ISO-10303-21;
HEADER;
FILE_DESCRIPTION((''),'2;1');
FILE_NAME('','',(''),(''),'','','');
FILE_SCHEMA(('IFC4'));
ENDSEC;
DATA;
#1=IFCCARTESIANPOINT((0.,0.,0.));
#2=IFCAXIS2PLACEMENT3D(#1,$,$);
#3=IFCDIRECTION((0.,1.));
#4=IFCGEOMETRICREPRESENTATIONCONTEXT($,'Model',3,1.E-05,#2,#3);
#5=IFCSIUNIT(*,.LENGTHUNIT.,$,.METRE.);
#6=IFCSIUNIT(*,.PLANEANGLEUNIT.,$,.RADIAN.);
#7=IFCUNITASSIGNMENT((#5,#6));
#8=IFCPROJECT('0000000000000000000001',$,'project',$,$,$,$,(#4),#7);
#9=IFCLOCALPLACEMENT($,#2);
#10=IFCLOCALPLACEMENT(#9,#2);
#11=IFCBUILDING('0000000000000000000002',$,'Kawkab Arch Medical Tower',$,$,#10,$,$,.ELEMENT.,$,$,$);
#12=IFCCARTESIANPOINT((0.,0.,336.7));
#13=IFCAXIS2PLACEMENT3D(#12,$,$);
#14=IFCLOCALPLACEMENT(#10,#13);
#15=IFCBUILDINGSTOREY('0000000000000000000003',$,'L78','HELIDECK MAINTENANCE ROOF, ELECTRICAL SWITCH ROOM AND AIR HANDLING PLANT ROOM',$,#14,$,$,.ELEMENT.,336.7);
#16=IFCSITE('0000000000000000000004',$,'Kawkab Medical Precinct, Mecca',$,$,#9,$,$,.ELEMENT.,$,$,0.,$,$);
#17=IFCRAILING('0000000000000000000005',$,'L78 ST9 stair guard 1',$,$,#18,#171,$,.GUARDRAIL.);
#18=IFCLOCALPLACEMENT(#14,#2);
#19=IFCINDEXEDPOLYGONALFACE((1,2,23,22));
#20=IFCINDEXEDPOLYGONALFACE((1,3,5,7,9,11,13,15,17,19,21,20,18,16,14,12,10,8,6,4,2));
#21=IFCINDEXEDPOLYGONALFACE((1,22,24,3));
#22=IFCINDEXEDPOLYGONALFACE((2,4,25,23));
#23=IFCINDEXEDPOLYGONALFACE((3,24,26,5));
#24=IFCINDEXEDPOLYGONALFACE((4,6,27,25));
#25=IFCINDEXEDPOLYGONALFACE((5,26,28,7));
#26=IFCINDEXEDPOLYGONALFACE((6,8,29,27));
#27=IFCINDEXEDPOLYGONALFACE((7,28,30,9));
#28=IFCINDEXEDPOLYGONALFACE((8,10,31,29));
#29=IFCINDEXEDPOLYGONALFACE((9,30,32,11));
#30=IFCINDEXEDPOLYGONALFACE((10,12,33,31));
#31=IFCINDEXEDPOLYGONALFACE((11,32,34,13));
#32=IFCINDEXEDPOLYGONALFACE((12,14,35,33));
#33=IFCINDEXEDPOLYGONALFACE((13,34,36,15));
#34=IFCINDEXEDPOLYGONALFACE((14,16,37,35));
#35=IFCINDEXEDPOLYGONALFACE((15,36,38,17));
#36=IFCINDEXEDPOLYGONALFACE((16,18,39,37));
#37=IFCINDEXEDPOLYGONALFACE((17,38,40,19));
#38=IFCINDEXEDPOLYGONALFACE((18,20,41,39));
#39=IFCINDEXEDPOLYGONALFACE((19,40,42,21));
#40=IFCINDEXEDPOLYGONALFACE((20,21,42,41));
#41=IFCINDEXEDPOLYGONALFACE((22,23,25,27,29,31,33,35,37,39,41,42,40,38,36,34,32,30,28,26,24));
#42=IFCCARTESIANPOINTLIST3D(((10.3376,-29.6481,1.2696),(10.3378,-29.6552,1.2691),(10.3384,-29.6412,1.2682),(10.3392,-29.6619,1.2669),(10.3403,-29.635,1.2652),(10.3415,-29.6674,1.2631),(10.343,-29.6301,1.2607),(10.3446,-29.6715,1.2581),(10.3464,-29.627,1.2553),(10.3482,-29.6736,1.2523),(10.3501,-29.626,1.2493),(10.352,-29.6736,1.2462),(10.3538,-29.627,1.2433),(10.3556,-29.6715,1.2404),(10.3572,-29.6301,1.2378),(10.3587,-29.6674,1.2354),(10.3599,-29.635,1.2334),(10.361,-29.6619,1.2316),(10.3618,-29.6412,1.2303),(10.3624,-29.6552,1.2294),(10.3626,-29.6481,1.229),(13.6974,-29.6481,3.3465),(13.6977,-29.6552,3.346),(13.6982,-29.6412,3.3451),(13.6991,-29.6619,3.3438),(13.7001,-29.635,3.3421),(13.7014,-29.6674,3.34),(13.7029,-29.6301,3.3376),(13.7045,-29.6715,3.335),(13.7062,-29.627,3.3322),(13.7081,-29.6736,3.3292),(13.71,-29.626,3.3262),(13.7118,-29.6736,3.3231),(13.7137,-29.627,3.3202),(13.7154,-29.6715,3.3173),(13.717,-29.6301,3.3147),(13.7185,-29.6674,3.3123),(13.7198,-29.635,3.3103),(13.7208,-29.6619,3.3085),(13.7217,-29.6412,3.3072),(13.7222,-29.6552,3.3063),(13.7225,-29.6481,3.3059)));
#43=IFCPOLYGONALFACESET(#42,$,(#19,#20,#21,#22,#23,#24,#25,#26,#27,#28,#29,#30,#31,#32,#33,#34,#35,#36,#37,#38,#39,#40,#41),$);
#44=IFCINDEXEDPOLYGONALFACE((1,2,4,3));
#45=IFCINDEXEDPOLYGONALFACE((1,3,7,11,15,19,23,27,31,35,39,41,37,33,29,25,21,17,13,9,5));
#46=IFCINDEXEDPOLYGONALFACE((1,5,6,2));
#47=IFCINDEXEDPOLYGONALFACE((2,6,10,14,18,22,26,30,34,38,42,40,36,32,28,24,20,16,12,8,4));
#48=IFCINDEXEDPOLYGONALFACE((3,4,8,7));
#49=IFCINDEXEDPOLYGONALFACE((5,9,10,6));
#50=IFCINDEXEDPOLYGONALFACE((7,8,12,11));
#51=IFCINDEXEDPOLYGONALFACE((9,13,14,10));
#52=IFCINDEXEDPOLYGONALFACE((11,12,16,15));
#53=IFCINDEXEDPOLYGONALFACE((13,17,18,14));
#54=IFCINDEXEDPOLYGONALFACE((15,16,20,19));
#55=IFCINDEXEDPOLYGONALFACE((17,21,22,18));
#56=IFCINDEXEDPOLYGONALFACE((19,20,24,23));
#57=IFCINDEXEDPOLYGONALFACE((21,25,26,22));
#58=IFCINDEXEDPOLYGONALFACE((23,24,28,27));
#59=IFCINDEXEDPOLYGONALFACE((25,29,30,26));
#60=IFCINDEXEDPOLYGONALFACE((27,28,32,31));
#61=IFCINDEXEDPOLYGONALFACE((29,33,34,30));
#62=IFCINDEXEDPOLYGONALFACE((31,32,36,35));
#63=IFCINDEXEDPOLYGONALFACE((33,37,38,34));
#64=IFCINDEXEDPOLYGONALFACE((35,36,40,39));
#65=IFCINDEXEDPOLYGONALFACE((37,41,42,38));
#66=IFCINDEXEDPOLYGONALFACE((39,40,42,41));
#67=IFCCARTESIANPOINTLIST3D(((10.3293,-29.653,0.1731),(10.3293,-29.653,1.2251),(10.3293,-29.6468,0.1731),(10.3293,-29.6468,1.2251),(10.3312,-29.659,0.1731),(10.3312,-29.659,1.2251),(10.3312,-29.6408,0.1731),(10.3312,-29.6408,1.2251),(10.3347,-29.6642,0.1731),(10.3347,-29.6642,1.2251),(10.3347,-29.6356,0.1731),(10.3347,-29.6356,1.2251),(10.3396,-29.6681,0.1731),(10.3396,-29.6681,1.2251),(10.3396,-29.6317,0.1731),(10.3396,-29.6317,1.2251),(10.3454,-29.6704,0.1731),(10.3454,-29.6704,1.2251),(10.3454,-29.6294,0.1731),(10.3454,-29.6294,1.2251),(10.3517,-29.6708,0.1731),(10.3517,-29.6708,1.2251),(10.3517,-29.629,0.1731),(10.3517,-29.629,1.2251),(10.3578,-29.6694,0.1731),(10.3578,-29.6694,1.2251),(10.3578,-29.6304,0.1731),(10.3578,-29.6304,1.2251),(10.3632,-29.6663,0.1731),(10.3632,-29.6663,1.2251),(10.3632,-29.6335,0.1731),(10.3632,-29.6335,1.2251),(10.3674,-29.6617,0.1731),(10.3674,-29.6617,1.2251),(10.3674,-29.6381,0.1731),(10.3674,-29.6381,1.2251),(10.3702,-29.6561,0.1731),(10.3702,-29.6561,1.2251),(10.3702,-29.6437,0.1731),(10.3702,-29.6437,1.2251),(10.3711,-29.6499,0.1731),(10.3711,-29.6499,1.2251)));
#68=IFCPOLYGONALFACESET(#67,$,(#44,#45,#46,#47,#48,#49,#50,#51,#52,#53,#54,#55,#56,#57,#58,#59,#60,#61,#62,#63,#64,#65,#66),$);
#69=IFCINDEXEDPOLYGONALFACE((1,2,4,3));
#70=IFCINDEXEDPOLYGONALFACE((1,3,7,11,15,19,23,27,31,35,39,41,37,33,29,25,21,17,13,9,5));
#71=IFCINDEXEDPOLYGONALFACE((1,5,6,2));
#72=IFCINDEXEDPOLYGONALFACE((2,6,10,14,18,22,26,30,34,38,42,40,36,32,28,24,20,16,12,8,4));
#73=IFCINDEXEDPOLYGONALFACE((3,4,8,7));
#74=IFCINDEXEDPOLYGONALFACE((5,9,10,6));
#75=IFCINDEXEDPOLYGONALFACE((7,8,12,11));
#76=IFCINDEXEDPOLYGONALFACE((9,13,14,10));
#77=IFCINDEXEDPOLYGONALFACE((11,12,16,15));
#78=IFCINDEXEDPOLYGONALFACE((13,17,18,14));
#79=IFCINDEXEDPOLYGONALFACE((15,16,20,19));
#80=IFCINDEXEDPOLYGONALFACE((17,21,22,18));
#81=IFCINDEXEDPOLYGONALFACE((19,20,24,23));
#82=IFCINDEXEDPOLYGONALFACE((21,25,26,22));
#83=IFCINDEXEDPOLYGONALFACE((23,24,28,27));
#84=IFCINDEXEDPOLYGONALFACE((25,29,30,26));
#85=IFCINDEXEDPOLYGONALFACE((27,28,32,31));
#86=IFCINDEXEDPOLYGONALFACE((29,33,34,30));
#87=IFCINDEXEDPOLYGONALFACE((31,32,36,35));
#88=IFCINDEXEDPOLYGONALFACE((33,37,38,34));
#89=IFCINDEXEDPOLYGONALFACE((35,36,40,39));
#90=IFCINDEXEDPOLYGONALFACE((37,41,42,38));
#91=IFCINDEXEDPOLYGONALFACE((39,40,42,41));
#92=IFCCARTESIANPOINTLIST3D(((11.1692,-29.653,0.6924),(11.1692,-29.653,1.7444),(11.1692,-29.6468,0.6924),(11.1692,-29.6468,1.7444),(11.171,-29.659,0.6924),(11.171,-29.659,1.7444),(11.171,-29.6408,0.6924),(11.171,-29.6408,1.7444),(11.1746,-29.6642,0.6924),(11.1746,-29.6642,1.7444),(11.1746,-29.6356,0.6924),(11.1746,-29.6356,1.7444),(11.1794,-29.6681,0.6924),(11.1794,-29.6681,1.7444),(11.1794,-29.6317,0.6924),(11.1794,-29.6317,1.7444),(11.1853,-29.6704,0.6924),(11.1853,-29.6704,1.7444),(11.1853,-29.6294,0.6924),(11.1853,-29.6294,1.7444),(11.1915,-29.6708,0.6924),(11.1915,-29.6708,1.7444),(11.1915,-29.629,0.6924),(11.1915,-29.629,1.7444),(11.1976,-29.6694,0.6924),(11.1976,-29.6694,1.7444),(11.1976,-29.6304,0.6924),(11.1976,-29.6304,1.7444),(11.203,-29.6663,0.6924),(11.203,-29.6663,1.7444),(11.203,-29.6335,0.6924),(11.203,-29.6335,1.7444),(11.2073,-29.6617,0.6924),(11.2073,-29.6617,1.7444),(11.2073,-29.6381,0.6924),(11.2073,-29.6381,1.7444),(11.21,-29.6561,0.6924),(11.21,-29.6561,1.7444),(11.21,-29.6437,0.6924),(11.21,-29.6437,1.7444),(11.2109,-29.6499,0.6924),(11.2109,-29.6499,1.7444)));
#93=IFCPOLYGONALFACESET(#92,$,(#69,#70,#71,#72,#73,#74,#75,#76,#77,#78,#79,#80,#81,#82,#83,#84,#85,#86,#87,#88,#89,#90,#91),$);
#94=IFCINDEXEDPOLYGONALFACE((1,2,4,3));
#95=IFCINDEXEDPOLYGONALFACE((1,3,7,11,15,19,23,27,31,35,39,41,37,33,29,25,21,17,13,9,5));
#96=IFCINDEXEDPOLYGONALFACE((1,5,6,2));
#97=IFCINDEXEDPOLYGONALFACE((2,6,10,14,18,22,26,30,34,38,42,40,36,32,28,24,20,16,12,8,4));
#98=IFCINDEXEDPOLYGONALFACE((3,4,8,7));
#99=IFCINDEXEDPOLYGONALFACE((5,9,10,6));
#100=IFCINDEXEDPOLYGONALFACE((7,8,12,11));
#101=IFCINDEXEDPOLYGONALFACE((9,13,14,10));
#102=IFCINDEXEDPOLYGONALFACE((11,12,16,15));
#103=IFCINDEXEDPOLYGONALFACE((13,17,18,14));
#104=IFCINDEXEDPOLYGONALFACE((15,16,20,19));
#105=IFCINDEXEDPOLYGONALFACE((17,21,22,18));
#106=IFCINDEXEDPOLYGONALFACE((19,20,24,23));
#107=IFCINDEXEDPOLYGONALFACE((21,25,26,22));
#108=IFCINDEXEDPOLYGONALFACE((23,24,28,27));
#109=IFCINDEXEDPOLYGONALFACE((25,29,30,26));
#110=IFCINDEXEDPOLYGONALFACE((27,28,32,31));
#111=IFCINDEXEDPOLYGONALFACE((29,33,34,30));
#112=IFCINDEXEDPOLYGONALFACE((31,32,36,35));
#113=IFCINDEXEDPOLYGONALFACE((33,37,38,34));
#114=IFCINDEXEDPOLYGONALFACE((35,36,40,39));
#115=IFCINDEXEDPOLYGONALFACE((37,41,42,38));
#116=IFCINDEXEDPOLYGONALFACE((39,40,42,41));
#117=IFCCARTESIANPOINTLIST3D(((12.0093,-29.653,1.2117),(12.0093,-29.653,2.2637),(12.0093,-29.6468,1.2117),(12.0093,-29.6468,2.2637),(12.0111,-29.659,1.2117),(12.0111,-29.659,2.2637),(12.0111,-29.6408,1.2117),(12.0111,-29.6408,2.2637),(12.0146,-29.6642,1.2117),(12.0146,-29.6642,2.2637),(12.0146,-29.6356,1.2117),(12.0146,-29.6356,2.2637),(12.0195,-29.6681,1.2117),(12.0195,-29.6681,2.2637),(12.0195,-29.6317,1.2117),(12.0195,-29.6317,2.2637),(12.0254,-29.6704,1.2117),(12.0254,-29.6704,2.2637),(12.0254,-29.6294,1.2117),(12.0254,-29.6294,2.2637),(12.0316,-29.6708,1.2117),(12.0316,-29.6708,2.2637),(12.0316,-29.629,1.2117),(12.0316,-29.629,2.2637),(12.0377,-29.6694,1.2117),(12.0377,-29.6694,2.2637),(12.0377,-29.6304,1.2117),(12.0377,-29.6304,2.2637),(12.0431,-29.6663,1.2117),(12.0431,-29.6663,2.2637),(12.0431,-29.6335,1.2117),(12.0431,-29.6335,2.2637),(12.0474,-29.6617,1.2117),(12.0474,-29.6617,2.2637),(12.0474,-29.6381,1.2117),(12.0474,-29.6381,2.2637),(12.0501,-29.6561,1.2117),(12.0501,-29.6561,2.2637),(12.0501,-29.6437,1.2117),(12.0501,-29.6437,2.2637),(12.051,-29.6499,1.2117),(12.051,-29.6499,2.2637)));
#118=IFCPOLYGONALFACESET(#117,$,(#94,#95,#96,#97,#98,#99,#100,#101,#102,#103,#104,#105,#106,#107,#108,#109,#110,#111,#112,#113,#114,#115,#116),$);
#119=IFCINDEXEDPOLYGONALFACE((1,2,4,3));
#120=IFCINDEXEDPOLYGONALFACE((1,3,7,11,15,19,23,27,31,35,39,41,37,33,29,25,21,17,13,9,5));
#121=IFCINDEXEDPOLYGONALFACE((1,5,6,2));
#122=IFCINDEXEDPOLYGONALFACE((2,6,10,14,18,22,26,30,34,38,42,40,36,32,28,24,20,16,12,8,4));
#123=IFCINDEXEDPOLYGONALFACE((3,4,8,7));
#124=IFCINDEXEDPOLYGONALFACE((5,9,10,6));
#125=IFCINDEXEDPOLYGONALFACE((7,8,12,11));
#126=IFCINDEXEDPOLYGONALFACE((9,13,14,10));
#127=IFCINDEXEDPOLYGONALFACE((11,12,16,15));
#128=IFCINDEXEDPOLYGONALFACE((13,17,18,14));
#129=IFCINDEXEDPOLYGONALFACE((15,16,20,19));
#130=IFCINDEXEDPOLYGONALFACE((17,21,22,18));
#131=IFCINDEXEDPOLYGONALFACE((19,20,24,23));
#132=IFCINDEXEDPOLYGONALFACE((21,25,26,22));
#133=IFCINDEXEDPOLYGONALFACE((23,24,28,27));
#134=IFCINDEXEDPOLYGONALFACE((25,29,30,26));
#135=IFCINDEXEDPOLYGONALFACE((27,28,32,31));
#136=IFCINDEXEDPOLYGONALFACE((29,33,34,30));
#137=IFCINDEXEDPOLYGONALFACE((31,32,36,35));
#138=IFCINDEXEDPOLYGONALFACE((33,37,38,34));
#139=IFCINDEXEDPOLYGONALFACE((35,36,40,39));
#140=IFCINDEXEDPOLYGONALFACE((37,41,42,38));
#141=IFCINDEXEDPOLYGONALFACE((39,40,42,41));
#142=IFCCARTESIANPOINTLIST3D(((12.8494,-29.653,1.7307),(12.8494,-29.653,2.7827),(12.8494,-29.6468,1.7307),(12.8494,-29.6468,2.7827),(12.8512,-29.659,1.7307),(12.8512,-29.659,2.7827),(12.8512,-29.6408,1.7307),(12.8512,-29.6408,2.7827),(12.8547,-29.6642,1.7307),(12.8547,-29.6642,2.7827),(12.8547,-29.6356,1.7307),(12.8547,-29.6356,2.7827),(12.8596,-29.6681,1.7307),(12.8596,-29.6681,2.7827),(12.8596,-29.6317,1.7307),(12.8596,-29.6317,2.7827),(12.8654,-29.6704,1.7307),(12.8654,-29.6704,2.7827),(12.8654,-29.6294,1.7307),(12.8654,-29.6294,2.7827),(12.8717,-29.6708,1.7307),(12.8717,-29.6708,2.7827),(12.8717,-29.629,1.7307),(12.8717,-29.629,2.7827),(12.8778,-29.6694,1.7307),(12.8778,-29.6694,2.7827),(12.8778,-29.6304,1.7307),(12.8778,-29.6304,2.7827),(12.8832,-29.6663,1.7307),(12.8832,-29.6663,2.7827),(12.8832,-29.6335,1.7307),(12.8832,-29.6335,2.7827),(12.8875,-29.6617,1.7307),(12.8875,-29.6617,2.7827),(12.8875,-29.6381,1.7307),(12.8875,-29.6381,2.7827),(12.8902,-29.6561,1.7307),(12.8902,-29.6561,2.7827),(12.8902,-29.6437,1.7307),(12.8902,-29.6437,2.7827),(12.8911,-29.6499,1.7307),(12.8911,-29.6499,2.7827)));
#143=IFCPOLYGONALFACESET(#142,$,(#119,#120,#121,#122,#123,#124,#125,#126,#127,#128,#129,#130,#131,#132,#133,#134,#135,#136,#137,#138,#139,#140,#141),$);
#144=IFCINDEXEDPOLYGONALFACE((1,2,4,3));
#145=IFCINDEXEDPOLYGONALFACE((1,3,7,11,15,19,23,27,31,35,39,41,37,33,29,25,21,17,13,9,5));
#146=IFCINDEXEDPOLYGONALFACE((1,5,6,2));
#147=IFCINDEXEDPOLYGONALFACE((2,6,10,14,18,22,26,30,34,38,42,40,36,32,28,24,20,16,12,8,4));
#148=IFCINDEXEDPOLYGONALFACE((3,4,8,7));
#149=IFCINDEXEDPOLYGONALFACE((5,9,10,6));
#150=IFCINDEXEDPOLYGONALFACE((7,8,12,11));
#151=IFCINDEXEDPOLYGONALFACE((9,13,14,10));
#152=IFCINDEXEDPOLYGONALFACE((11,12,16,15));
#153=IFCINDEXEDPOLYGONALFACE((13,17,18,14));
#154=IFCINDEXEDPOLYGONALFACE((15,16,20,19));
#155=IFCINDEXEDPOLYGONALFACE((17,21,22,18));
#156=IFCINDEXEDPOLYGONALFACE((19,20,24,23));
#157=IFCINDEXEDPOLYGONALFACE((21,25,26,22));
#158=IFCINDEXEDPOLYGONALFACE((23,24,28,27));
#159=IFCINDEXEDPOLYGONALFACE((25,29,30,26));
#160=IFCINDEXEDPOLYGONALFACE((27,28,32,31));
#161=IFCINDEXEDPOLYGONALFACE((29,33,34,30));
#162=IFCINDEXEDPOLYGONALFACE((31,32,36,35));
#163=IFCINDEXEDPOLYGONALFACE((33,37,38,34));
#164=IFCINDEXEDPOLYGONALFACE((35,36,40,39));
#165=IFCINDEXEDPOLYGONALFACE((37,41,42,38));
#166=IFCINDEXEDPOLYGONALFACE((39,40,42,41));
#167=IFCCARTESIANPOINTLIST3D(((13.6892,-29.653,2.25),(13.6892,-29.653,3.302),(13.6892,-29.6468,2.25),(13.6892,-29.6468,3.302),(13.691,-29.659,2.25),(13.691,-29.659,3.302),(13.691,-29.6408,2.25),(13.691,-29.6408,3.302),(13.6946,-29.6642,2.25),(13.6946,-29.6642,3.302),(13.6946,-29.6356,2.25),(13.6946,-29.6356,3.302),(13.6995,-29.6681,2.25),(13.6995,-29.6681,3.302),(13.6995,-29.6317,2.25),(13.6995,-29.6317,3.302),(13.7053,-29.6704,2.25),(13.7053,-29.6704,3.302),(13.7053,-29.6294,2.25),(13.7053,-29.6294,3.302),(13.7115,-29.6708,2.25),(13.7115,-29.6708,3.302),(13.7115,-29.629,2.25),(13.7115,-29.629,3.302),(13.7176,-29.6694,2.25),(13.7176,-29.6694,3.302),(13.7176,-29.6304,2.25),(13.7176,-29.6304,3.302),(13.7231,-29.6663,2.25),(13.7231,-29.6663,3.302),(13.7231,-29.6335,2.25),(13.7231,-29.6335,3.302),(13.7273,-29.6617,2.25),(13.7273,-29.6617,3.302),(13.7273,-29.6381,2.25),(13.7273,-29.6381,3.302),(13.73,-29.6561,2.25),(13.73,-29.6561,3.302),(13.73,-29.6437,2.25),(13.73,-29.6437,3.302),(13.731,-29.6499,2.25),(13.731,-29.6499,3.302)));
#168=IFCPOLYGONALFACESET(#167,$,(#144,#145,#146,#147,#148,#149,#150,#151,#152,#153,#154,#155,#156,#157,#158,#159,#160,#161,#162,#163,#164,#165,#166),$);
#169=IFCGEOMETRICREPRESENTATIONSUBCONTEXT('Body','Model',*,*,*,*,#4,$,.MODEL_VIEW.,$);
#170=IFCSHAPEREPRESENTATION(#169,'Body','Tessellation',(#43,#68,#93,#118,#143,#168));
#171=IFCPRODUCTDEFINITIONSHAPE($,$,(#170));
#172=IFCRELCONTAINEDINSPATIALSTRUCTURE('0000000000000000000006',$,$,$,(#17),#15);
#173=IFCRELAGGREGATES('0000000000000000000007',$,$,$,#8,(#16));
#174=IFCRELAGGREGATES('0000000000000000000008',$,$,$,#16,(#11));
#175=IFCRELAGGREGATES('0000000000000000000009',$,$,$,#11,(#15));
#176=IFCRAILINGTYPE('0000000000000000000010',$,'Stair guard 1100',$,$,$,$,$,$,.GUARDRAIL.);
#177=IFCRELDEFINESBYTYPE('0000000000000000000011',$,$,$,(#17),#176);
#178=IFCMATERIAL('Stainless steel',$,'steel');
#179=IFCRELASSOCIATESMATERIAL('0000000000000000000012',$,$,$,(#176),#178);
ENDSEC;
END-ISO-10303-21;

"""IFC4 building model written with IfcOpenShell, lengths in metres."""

from ifc_helpers import new_model, si_unit, direction, frame, origin, origin_2d, place, context, subcontext, project, spatial, circle, extrude, material, type_object, element, save


model = new_model("IFC4")

# Units and contexts
model_context = context("Model", 3, precision=1e-05, world=origin(), true_north=direction((0.0, 1.0)))
body_context = subcontext(model_context, "Body", "Model", "MODEL_VIEW")
ifc_project = project(units=[si_unit("LENGTHUNIT", "METRE"), si_unit("PLANEANGLEUNIT", "RADIAN")], contexts=[model_context])

# Site, building, storey
site_placement = place(None, origin())
site = spatial("IfcSite", under=ifc_project, at=site_placement, Name="Kawkab Medical Precinct, Mecca", CompositionType="ELEMENT", RefElevation=0.0)
building_placement = place(site_placement, origin())
building = spatial("IfcBuilding", under=site, at=building_placement, Name="Kawkab Arch Medical Tower", CompositionType="ELEMENT")
storey_placement = place(building_placement, frame((0.0, 0.0, 336.7)))
storey = spatial("IfcBuildingStorey", under=building, at=storey_placement, Name="L78", Description="HELIDECK MAINTENANCE ROOF, ELECTRICAL SWITCH ROOM AND AIR HANDLING PLANT ROOM", CompositionType="ELEMENT", Elevation=336.7)

# Railing
ifc_material_1 = material(Name="Stainless steel", Category="steel")
railing_type = type_object("IfcRailingType", Name="Stair guard 1100", PredefinedType="GUARDRAIL", material=ifc_material_1)
railing_1_placement = place(storey_placement, frame((10.3501, -29.6499, 0.1731)))
element("IfcRailing", 1, at=railing_1_placement, inside=storey, type_object=railing_type, Name="L78 ST9 stair guard 1", PredefinedType="GUARDRAIL", context=body_context, shape_type="SweptSolid", body=[
    extrude(circle(Radius=0.0239, at=origin_2d()), frame((0.0, 0.0, 1.0762), z_axis=(0.850606, 0.0, 0.525803), x_axis=(0.0, 1.0, 0.0)), (0.0, 0.0, 1.0), 3.95),
    extrude(circle(Radius=0.021, at=origin_2d()), origin(), (0.0, 0.0, 1.0), 1.052),
    extrude(circle(Radius=0.021, at=origin_2d()), frame((0.8398, 0.0, 0.5193)), (0.0, 0.0, 1.0), 1.052),
    extrude(circle(Radius=0.021, at=origin_2d()), frame((1.6799, 0.0, 1.0386)), (0.0, 0.0, 1.0), 1.052),
    extrude(circle(Radius=0.021, at=origin_2d()), frame((2.52, 0.0, 1.5576)), (0.0, 0.0, 1.0), 1.052),
    extrude(circle(Radius=0.021, at=origin_2d()), frame((3.3599, 0.0, 2.0769)), (0.0, 0.0, 1.0), 1.052),
])

save(model, "model.ifc")
